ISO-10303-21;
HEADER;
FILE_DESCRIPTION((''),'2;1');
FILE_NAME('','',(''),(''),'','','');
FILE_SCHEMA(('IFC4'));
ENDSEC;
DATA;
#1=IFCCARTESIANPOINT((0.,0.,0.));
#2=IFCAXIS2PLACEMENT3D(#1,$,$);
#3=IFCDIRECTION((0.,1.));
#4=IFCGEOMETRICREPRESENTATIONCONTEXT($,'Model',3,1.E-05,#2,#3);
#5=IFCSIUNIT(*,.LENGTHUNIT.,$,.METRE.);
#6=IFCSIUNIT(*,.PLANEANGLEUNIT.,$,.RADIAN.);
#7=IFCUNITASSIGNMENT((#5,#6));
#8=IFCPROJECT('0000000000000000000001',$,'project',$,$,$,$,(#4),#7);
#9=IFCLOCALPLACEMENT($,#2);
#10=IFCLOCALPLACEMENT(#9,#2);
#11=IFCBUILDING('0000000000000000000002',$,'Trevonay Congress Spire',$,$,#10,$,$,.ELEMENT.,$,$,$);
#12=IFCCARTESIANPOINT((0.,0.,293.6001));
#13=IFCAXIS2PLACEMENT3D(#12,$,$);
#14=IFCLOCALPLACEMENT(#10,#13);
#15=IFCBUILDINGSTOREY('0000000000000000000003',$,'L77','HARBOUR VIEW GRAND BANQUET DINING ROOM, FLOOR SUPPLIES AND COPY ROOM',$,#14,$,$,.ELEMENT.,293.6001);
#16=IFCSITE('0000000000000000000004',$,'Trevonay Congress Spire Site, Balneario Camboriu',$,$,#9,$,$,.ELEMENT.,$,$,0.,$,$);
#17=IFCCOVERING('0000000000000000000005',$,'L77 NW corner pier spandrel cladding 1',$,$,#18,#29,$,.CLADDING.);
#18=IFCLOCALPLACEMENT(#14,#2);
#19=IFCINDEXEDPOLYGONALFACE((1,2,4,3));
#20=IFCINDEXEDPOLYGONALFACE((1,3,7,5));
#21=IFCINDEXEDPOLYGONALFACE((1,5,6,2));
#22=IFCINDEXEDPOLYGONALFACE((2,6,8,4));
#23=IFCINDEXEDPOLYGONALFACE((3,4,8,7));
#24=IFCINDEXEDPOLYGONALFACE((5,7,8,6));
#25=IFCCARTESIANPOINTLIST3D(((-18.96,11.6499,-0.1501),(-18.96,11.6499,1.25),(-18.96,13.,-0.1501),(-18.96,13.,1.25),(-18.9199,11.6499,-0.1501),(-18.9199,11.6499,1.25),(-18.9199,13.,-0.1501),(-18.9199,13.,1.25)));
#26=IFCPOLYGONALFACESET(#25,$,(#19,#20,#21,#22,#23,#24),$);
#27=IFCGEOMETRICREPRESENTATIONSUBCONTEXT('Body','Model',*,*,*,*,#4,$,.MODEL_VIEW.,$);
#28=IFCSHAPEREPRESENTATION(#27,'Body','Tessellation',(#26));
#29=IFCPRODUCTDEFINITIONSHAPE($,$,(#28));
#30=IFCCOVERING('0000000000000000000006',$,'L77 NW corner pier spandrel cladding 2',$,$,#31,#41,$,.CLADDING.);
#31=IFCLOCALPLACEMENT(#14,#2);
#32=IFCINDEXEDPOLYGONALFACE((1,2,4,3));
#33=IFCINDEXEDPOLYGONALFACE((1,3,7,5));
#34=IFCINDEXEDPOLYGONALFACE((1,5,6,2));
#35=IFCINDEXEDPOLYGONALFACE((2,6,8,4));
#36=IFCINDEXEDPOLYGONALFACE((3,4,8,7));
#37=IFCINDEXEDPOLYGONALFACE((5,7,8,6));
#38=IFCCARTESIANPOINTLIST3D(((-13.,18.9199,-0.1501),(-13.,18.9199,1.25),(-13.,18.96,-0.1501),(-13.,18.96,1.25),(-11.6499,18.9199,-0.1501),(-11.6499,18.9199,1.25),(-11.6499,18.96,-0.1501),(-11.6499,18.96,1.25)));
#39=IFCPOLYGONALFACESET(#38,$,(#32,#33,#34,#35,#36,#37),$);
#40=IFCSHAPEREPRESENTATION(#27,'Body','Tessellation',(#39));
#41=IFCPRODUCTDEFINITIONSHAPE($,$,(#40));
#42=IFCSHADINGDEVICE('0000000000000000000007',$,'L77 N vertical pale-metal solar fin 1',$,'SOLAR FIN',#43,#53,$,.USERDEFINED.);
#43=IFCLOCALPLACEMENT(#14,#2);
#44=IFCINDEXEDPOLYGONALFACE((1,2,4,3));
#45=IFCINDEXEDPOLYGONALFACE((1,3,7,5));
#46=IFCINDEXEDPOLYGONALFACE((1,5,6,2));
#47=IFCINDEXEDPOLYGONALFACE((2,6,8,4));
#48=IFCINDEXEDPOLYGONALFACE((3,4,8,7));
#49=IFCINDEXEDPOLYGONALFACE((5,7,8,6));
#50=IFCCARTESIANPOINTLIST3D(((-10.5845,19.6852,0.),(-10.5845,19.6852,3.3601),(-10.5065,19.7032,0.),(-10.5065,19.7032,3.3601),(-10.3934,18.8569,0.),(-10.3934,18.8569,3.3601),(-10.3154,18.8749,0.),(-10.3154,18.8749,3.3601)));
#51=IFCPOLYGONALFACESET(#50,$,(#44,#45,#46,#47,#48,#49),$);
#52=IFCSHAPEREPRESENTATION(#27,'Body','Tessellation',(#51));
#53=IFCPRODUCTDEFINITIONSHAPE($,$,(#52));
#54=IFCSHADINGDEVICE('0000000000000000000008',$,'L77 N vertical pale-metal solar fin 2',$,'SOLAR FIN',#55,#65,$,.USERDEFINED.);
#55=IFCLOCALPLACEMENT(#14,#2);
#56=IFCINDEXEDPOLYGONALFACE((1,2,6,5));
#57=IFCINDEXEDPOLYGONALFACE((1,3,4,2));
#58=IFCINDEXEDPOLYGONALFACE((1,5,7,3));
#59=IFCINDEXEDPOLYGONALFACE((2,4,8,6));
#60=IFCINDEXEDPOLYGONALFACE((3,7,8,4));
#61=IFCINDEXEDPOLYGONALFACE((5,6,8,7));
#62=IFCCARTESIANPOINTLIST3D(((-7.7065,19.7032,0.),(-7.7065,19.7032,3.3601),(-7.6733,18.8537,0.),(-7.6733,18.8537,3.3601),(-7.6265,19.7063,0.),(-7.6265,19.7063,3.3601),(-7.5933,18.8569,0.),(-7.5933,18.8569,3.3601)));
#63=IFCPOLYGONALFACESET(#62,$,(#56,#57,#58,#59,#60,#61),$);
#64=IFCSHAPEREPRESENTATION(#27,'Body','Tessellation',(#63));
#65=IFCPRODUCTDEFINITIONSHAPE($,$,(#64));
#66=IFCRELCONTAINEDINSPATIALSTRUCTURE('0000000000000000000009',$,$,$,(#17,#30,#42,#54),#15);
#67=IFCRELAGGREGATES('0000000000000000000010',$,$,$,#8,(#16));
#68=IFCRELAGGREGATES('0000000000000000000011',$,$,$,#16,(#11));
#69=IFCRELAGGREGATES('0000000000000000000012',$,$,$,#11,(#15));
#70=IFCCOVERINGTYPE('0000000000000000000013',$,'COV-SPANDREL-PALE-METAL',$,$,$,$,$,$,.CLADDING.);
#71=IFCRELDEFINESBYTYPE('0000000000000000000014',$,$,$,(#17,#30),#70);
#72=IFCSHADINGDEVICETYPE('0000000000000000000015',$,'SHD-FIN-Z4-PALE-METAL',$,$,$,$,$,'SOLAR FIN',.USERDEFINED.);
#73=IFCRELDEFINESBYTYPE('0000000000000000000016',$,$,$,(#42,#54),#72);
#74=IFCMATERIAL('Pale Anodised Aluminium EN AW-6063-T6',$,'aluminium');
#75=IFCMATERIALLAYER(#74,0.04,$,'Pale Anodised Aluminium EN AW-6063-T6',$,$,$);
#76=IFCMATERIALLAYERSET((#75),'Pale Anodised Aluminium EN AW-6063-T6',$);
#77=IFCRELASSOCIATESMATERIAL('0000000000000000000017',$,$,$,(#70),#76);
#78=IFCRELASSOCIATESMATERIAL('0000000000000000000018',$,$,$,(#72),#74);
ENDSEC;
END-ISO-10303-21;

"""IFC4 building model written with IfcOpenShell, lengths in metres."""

from ifc_helpers import new_model, si_unit, direction, frame, frame_2d, origin, origin_2d, place, context, subcontext, project, spatial, rectangle, extrude, material, layer, layer_set, type_object, element, save


model = new_model("IFC4")

# Units and contexts
model_context = context("Model", 3, precision=1e-05, world=origin(), true_north=direction((0.0, 1.0)))
body_context = subcontext(model_context, "Body", "Model", "MODEL_VIEW")
ifc_project = project(units=[si_unit("LENGTHUNIT", "METRE"), si_unit("PLANEANGLEUNIT", "RADIAN")], contexts=[model_context])

# Site, building, storey
site_placement = place(None, origin())
site = spatial("IfcSite", under=ifc_project, at=site_placement, Name="Trevonay Congress Spire Site, Balneario Camboriu", CompositionType="ELEMENT", RefElevation=0.0)
building_placement = place(site_placement, origin())
building = spatial("IfcBuilding", under=site, at=building_placement, Name="Trevonay Congress Spire", CompositionType="ELEMENT")
storey_placement = place(building_placement, frame((0.0, 0.0, 293.6001)))
storey = spatial("IfcBuildingStorey", under=building, at=storey_placement, Name="L77", Description="HARBOUR VIEW GRAND BANQUET DINING ROOM, FLOOR SUPPLIES AND COPY ROOM", CompositionType="ELEMENT", Elevation=293.6001)

# Shared definitions
ifc_material_1 = material(Name="Pale Anodised Aluminium EN AW-6063-T6", Category="aluminium")

# Coverings
ifc_layer_1 = layer(ifc_material_1, 0.04, Name="Pale Anodised Aluminium EN AW-6063-T6")
ifc_layer_set_1 = layer_set([ifc_layer_1], Name="Pale Anodised Aluminium EN AW-6063-T6")
covering_type = type_object("IfcCoveringType", Name="COV-SPANDREL-PALE-METAL", PredefinedType="CLADDING", material=ifc_layer_set_1)
for number, where, z_axis, x_axis, name in (
    (1, (-18.9399, 11.6499, -0.1501), (0.0, 0.0, 1.0), (0.0, 1.0, 0.0), "L77 NW corner pier spandrel cladding 1"),
    (2, (-11.6499, 18.9399, -0.1501), (0.0, 0.0, 1.0), (-1.0, 0.0, 0.0), "L77 NW corner pier spandrel cladding 2"),
):
    element("IfcCovering", number, at=place(storey_placement, frame(where, z_axis=z_axis, x_axis=x_axis)), inside=storey, type_object=covering_type, Name=name, PredefinedType="CLADDING", context=body_context, shape_type="SweptSolid", body=[
        extrude(rectangle(XDim=1.3501, YDim=0.04, at=frame_2d((0.675, 0.0))), origin(), (0.0, 0.0, 1.0), 1.4001),
    ])

# Shading devices
shading_device_type = type_object("IfcShadingDeviceType", Name="SHD-FIN-Z4-PALE-METAL", ElementType="SOLAR FIN", PredefinedType="USERDEFINED", material=ifc_material_1)
for number, where, z_axis, x_axis, name in (
    (3, (-10.45, 19.28, 0.0), (0.0, 0.0, 1.0), (0.974409, 0.224781, 0.0), "L77 N vertical pale-metal solar fin 1"),
    (4, (-7.6499, 19.28, 0.0), (0.0, 0.0, 1.0), (0.999236, 0.039085, 0.0), "L77 N vertical pale-metal solar fin 2"),
):
    element("IfcShadingDevice", number, at=place(storey_placement, frame(where, z_axis=z_axis, x_axis=x_axis)), inside=storey, type_object=shading_device_type, Name=name, ObjectType="SOLAR FIN", PredefinedType="USERDEFINED", context=body_context, shape_type="SweptSolid", body=[
        extrude(rectangle(XDim=0.0801, YDim=0.8501, at=origin_2d()), origin(), (0.0, 0.0, 1.0), 3.3601),
    ])

save(model, "model.ifc")
